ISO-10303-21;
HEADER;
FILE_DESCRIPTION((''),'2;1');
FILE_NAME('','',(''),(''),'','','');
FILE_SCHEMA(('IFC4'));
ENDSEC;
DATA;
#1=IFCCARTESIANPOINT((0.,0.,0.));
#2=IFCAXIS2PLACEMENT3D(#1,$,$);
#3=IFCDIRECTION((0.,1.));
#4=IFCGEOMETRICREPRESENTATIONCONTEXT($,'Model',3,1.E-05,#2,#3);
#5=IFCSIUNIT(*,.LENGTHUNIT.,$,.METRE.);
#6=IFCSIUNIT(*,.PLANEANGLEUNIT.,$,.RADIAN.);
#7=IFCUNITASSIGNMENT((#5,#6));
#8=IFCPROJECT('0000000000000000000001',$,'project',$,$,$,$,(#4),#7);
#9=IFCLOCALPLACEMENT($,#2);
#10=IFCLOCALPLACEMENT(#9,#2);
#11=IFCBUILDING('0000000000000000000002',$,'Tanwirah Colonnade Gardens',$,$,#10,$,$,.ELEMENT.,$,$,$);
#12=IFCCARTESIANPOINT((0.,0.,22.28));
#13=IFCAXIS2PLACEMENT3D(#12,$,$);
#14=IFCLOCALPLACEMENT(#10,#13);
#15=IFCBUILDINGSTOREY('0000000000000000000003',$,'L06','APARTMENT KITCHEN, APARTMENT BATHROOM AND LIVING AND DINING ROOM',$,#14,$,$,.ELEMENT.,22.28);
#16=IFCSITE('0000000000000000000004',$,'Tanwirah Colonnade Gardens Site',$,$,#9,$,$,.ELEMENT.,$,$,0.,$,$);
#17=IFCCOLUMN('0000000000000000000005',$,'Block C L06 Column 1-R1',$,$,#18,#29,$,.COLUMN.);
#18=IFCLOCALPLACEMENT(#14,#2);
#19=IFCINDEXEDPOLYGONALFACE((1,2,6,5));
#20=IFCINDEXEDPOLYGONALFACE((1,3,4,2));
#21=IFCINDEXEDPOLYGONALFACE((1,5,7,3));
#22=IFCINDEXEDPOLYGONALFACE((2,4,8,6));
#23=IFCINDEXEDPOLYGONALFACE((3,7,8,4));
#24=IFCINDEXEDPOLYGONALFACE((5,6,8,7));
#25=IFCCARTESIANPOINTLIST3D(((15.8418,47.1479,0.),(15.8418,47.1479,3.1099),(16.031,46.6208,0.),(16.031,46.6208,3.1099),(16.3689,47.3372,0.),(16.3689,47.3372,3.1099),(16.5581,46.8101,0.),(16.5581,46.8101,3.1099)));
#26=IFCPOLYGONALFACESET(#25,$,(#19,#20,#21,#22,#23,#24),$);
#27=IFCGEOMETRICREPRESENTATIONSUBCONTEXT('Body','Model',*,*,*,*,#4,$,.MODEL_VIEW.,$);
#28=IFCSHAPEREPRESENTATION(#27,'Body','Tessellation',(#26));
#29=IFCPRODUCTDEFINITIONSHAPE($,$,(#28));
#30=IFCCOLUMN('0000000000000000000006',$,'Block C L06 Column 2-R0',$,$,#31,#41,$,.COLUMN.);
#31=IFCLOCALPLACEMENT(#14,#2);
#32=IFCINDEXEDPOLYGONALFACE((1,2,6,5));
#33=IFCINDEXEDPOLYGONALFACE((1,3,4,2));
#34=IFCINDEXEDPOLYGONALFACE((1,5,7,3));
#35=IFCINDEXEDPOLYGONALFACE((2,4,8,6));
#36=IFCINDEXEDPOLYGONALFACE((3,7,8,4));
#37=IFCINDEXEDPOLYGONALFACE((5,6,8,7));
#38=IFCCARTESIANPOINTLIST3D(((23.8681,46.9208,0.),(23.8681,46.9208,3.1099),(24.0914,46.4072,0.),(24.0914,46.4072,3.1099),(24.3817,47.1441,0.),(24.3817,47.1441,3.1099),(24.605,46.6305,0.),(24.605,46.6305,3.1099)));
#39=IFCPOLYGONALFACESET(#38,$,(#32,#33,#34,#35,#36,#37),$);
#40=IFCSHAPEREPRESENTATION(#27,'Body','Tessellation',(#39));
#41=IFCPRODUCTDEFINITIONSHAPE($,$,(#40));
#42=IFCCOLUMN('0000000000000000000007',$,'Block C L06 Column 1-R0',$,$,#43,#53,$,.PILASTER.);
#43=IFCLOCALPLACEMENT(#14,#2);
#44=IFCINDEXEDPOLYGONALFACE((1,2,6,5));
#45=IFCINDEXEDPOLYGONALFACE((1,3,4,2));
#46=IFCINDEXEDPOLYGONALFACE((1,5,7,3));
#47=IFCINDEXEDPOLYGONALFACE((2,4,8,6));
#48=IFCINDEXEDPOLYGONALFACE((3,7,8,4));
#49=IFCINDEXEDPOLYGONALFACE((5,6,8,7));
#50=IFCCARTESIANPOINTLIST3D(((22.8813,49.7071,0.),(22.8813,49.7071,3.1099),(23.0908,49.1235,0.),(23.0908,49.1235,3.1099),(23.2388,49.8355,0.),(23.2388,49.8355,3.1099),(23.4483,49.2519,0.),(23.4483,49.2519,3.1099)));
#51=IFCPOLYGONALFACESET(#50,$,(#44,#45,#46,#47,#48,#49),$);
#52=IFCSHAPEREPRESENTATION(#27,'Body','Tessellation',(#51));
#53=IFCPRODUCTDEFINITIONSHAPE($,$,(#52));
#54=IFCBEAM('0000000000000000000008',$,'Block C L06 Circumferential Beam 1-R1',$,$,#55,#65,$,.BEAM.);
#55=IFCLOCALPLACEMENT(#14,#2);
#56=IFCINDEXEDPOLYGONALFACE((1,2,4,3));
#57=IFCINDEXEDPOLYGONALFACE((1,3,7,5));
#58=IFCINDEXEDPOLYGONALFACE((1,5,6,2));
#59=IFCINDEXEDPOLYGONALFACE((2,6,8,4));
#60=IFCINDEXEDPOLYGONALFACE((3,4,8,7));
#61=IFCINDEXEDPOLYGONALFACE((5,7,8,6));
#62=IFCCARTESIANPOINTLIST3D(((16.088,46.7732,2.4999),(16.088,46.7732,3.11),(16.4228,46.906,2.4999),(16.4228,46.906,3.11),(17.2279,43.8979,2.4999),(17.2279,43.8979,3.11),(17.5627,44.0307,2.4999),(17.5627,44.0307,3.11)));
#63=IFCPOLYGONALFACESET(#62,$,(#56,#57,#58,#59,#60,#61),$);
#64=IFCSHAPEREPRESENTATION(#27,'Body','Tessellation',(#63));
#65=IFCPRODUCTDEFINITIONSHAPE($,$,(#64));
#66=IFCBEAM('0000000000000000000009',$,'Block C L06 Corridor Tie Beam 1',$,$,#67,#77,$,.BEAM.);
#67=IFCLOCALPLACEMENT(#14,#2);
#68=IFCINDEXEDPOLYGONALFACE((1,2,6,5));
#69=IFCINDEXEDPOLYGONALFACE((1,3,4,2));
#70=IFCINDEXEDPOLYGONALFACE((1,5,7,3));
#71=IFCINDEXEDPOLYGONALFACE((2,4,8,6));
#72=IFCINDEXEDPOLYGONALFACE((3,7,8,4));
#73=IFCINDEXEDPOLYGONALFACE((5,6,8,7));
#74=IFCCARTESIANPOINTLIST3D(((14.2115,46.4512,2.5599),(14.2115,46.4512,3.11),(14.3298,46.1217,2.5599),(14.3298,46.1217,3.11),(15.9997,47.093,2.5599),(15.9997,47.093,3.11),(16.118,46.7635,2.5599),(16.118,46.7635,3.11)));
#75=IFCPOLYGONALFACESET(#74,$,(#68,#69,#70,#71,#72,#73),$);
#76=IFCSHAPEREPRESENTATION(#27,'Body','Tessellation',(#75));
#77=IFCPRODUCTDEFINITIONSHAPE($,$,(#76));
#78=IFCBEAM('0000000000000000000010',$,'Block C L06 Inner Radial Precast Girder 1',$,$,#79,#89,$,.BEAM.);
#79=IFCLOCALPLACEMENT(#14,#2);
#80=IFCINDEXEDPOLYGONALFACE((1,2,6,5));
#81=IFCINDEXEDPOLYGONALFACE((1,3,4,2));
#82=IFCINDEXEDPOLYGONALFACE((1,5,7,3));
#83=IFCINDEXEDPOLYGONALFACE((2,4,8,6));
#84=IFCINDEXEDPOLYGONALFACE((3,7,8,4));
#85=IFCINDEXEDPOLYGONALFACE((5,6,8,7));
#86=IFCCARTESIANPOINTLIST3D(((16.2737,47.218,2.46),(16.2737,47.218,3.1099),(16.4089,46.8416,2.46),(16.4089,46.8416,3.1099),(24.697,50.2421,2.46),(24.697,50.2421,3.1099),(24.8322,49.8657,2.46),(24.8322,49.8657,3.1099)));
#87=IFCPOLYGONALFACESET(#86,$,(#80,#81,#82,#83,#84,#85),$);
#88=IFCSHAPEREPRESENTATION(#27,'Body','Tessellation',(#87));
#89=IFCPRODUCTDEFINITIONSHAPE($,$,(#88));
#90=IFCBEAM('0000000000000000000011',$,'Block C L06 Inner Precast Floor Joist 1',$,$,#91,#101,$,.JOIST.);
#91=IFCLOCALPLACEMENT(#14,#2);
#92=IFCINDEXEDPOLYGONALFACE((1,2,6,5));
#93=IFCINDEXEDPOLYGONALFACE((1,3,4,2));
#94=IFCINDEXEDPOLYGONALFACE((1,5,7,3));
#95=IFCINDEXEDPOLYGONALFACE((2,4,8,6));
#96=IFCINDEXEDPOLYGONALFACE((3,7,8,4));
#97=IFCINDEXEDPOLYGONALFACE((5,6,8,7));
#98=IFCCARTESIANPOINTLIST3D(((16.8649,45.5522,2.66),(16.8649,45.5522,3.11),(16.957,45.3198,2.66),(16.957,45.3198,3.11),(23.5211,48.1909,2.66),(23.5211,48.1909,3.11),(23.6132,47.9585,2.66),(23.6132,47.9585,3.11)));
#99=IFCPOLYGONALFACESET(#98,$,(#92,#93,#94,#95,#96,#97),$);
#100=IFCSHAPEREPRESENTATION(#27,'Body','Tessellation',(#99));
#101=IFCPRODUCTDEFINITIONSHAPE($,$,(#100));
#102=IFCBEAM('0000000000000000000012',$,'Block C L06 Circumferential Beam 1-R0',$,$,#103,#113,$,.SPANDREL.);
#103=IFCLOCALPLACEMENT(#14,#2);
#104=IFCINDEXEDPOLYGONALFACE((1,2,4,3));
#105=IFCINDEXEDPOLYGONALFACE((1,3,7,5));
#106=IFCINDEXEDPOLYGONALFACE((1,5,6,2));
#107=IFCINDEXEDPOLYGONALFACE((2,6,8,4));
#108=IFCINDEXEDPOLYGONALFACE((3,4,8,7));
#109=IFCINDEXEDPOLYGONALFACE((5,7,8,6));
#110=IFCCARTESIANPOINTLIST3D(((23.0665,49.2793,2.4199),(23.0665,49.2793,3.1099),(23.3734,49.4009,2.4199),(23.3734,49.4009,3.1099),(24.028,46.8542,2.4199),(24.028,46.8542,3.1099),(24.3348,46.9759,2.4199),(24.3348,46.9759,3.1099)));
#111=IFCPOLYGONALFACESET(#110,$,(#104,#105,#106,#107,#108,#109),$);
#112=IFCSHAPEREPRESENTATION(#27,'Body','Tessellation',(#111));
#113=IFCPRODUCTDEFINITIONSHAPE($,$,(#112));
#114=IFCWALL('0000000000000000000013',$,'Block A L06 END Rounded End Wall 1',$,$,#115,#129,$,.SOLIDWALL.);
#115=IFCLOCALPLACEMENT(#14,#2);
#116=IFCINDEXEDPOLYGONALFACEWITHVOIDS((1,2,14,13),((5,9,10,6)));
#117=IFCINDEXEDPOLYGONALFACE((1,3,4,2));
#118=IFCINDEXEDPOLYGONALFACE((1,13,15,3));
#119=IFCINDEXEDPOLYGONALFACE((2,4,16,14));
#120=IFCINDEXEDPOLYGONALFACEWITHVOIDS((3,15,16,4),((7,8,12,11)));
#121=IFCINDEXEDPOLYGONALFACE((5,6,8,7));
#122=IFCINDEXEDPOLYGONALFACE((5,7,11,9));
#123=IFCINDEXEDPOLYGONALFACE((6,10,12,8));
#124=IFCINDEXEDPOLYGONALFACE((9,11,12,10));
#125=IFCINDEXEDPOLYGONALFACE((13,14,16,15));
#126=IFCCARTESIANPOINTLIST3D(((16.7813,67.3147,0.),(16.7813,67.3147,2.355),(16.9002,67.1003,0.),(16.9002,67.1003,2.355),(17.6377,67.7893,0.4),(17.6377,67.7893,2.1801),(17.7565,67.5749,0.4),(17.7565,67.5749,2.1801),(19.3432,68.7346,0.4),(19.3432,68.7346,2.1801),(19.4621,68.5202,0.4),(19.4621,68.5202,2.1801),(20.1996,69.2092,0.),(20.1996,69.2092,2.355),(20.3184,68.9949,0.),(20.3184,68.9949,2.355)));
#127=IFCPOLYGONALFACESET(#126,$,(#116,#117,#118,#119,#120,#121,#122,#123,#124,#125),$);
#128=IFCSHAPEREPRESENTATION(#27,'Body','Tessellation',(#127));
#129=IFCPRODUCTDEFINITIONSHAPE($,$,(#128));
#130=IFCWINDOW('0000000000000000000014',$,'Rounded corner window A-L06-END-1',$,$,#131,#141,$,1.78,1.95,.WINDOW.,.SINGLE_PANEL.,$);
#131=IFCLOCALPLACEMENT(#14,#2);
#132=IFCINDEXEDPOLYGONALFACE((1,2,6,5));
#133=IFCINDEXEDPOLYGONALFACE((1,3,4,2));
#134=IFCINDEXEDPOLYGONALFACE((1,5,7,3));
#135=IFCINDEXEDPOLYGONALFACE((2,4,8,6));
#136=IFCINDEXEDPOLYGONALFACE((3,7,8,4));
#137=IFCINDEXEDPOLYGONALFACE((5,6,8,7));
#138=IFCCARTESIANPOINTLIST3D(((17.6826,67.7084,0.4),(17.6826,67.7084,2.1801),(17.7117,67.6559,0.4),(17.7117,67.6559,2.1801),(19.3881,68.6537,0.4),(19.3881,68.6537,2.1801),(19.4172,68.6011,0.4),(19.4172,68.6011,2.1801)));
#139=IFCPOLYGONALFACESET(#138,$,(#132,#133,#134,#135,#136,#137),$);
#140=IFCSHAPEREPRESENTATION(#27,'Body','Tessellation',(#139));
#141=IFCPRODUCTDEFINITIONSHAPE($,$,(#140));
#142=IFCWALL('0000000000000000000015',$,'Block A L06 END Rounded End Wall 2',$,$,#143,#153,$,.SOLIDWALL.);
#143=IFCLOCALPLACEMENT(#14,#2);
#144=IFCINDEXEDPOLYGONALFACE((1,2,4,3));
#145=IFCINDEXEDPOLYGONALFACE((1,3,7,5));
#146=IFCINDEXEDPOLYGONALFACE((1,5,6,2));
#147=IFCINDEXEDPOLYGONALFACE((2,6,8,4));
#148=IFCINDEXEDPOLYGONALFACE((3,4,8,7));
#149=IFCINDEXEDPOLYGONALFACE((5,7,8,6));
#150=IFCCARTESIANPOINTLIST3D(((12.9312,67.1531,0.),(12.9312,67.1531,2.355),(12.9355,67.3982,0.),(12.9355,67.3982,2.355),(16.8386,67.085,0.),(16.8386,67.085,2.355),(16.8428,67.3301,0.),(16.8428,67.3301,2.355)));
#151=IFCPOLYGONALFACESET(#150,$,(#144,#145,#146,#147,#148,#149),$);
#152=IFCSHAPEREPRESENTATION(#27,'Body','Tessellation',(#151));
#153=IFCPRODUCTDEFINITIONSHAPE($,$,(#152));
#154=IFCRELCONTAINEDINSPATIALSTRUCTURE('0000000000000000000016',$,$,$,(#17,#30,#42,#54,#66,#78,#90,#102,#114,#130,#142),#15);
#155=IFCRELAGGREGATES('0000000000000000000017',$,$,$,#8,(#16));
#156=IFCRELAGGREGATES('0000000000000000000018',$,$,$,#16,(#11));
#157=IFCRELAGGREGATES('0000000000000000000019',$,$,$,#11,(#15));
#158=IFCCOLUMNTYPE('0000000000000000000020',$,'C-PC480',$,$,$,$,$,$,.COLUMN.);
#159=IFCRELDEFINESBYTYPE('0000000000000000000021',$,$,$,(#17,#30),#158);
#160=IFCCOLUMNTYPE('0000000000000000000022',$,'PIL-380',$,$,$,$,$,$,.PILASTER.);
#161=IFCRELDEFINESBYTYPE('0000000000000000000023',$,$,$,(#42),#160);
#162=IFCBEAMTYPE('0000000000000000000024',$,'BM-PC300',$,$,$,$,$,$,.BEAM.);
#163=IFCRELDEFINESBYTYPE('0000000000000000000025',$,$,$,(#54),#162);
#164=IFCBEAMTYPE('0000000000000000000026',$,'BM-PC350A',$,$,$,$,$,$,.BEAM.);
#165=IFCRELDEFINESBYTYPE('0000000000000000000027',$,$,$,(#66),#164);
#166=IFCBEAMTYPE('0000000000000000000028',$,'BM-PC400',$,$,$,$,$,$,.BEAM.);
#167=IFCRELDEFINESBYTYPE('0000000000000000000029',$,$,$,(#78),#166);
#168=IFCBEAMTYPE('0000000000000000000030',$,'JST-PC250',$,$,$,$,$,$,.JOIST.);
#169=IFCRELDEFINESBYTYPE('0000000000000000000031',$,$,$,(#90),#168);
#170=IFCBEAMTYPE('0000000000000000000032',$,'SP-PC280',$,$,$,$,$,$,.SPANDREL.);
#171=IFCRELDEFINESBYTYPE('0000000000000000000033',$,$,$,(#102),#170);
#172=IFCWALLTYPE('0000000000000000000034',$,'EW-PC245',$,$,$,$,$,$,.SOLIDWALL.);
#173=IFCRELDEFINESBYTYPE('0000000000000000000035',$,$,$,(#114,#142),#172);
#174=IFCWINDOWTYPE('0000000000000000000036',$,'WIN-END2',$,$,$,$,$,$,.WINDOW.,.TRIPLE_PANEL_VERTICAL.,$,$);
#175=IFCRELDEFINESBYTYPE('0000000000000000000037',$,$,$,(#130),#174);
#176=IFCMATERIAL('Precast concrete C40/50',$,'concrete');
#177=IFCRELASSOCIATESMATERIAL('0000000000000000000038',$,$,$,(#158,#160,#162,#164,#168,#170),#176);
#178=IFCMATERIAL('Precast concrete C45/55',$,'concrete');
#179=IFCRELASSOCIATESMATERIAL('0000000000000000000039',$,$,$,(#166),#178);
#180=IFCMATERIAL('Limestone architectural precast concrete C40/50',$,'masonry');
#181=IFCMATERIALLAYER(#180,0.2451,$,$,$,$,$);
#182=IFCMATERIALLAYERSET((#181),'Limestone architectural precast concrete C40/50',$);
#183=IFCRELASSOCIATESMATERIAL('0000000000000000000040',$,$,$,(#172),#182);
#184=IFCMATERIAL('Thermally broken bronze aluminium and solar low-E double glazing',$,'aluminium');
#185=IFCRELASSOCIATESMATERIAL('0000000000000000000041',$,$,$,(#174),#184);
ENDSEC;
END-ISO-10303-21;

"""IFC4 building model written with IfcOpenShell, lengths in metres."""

from ifc_helpers import new_model, si_unit, direction, frame, frame_2d, origin, origin_2d, place, context, subcontext, project, spatial, rectangle, extrude, material, layer, layer_set, material_profile, profile_set, type_object, element, fill, save


model = new_model("IFC4")

# Units and contexts
model_context = context("Model", 3, precision=1e-05, world=origin(), true_north=direction((0.0, 1.0)))
body_context = subcontext(model_context, "Body", "Model", "MODEL_VIEW")
ifc_project = project(units=[si_unit("LENGTHUNIT", "METRE"), si_unit("PLANEANGLEUNIT", "RADIAN")], contexts=[model_context])

# Site, building, storey
site_placement = place(None, origin())
site = spatial("IfcSite", under=ifc_project, at=site_placement, Name="Tanwirah Colonnade Gardens Site", CompositionType="ELEMENT", RefElevation=0.0)
building_placement = place(site_placement, origin())
building = spatial("IfcBuilding", under=site, at=building_placement, Name="Tanwirah Colonnade Gardens", CompositionType="ELEMENT")
storey_placement = place(building_placement, frame((0.0, 0.0, 22.28)))
storey = spatial("IfcBuildingStorey", under=building, at=storey_placement, Name="L06", Description="APARTMENT KITCHEN, APARTMENT BATHROOM AND LIVING AND DINING ROOM", CompositionType="ELEMENT", Elevation=22.28)

# Columns
ifc_material_1 = material(Name="Precast concrete C40/50", Category="concrete")
ifc_material_profile_1 = material_profile(ifc_material_1, rectangle(XDim=0.5601, YDim=0.5601, at=origin_2d()), Name="PC-COL 560x560")
ifc_profile_set_1 = profile_set([ifc_material_profile_1], Name="Precast concrete C40/50")
column_type_1 = type_object("IfcColumnType", Name="C-PC480", PredefinedType="COLUMN", material=ifc_profile_set_1)
for number, where, z_axis, x_axis, name in (
    (1, (16.2, 46.979, 0.0), (0.0, 0.0, 1.0), (-0.941176, -0.337917, 0.0), "Block C L06 Column 1-R1"),
    (2, (24.2366, 46.7756, 0.0), (0.0, 0.0, 1.0), (-0.91706, -0.398749, 0.0), "Block C L06 Column 2-R0"),
):
    element("IfcColumn", number, at=place(storey_placement, frame(where, z_axis=z_axis, x_axis=x_axis)), inside=storey, type_object=column_type_1, Name=name, PredefinedType="COLUMN", context=body_context, shape_type="SweptSolid", body=[
        extrude(rectangle(XDim=0.5601, YDim=0.5601, at=origin_2d()), origin(), (0.0, 0.0, 1.0), 3.1099),
    ])
ifc_material_profile_2 = material_profile(ifc_material_1, rectangle(XDim=0.3799, YDim=0.6201, at=origin_2d()), Name="PC-PIL 380x620")
ifc_profile_set_2 = profile_set([ifc_material_profile_2], Name="Precast concrete C40/50")
column_type_2 = type_object("IfcColumnType", Name="PIL-380", PredefinedType="PILASTER", material=ifc_profile_set_2)
column_placement = place(storey_placement, frame((23.1648, 49.4795, 0.0), z_axis=(0.0, 0.0, 1.0), x_axis=(-0.941176, -0.337917, 0.0)))
element("IfcColumn", 3, at=column_placement, inside=storey, type_object=column_type_2, Name="Block C L06 Column 1-R0", PredefinedType="PILASTER", context=body_context, shape_type="SweptSolid", body=[
    extrude(rectangle(XDim=0.3799, YDim=0.6201, at=origin_2d()), origin(), (0.0, 0.0, 1.0), 3.1099),
])

# Beams
ifc_material_profile_3 = material_profile(ifc_material_1, rectangle(XDim=0.3601, YDim=0.6101, at=origin_2d()), Name="PC-BM 360x610")
ifc_profile_set_3 = profile_set([ifc_material_profile_3], Name="Precast concrete C40/50")
beam_type_1 = type_object("IfcBeamType", Name="BM-PC300", PredefinedType="BEAM", material=ifc_profile_set_3)
beam_1_placement = place(storey_placement, frame((16.2554, 46.8396, 2.8049), z_axis=(0.368545, -0.92961, 0.0), x_axis=(0.92961, 0.368545, 0.0)))
element("IfcBeam", 4, at=beam_1_placement, inside=storey, type_object=beam_type_1, Name="Block C L06 Circumferential Beam 1-R1", PredefinedType="BEAM", context=body_context, shape_type="SweptSolid", body=[
    extrude(rectangle(XDim=0.3601, YDim=0.6101, at=origin_2d()), origin(), (0.0, 0.0, 1.0), 3.093),
])
ifc_material_profile_4 = material_profile(ifc_material_1, rectangle(XDim=0.3501, YDim=0.55, at=origin_2d()), Name="PC-BM 350x550")
ifc_profile_set_4 = profile_set([ifc_material_profile_4], Name="Precast concrete C40/50")
beam_type_2 = type_object("IfcBeamType", Name="BM-PC350A", PredefinedType="BEAM", material=ifc_profile_set_4)
beam_2_placement = place(storey_placement, frame((16.0588, 46.9282, 2.835), z_axis=(-0.941215, -0.337809, 0.0), x_axis=(0.337809, -0.941215, 0.0)))
element("IfcBeam", 5, at=beam_2_placement, inside=storey, type_object=beam_type_2, Name="Block C L06 Corridor Tie Beam 1", PredefinedType="BEAM", context=body_context, shape_type="SweptSolid", body=[
    extrude(rectangle(XDim=0.3501, YDim=0.55, at=origin_2d()), origin(), (0.0, 0.0, 1.0), 1.8999),
])
ifc_material_2 = material(Name="Precast concrete C45/55", Category="concrete")
ifc_material_profile_5 = material_profile(ifc_material_2, rectangle(XDim=0.3999, YDim=0.6499, at=origin_2d()), Name="PC-BM 400x650")
ifc_profile_set_5 = profile_set([ifc_material_profile_5], Name="Precast concrete C45/55")
beam_type_3 = type_object("IfcBeamType", Name="BM-PC400", PredefinedType="BEAM", material=ifc_profile_set_5)
beam_3_placement = place(storey_placement, frame((16.3413, 47.0298, 2.7849), z_axis=(0.94118, 0.337905, 0.0), x_axis=(-0.337905, 0.94118, 0.0)))
element("IfcBeam", 6, at=beam_3_placement, inside=storey, type_object=beam_type_3, Name="Block C L06 Inner Radial Precast Girder 1", PredefinedType="BEAM", context=body_context, shape_type="SweptSolid", body=[
    extrude(rectangle(XDim=0.3999, YDim=0.6499, at=origin_2d()), origin(), (0.0, 0.0, 1.0), 8.9497),
])
ifc_material_profile_6 = material_profile(ifc_material_1, rectangle(XDim=0.25, YDim=0.45, at=origin_2d()), Name="PC-JST 250x450")
ifc_profile_set_6 = profile_set([ifc_material_profile_6], Name="Precast concrete C40/50")
beam_type_4 = type_object("IfcBeamType", Name="JST-PC250", PredefinedType="JOIST", material=ifc_profile_set_6)
beam_4_placement = place(storey_placement, frame((23.5671, 48.0747, 2.885), z_axis=(-0.92962, -0.36852, 0.0), x_axis=(0.36852, -0.92962, 0.0)))
element("IfcBeam", 7, at=beam_4_placement, inside=storey, type_object=beam_type_4, Name="Block C L06 Inner Precast Floor Joist 1", PredefinedType="JOIST", context=body_context, shape_type="SweptSolid", body=[
    extrude(rectangle(XDim=0.25, YDim=0.45, at=origin_2d()), origin(), (0.0, 0.0, 1.0), 7.1602),
])
ifc_material_profile_7 = material_profile(ifc_material_1, rectangle(XDim=0.3301, YDim=0.6899, at=origin_2d()), Name="PC-SP 330x690")
ifc_profile_set_7 = profile_set([ifc_material_profile_7], Name="Precast concrete C40/50")
beam_type_5 = type_object("IfcBeamType", Name="SP-PC280", PredefinedType="SPANDREL", material=ifc_profile_set_7)
beam_5_placement = place(storey_placement, frame((23.22, 49.3401, 2.7649), z_axis=(0.368549, -0.929608, 0.0), x_axis=(0.929608, 0.368549, 0.0)))
element("IfcBeam", 8, at=beam_5_placement, inside=storey, type_object=beam_type_5, Name="Block C L06 Circumferential Beam 1-R0", PredefinedType="SPANDREL", context=body_context, shape_type="SweptSolid", body=[
    extrude(rectangle(XDim=0.3301, YDim=0.6899, at=origin_2d()), origin(), (0.0, 0.0, 1.0), 2.6086),
])

# Wall, opening, window
ifc_material_3 = material(Name="Limestone architectural precast concrete C40/50", Category="masonry")
ifc_layer_1 = layer(ifc_material_3, 0.2451)
ifc_layer_set_1 = layer_set([ifc_layer_1], Name="Limestone architectural precast concrete C40/50")
wall_type_1 = type_object("IfcWallType", Name="EW-PC245", PredefinedType="SOLIDWALL", material=ifc_layer_set_1)
wall_1_placement = place(storey_placement, frame((20.259, 69.1021, 0.0), z_axis=(0.0, 0.0, 1.0), x_axis=(-0.874643, -0.484768, 0.0)))
wall_1 = element("IfcWall", 9, at=wall_1_placement, inside=storey, type_object=wall_type_1, Name="Block A L06 END Rounded End Wall 1", PredefinedType="SOLIDWALL", context=body_context, shape_type="SweptSolid", body=[
    extrude(rectangle(XDim=3.9082, YDim=0.2451, at=frame_2d((1.9541, 0.0))), origin(), (0.0, 0.0, 1.0), 2.355),
])
opening_1_placement = place(wall_1_placement, frame((0.979, 0.0, 0.3999)))
opening_1 = element("IfcOpeningElement", 10, at=opening_1_placement, cuts=wall_1, PredefinedType="OPENING", context=body_context, shape_type="SweptSolid", body=[
    extrude(rectangle(XDim=1.95, YDim=1.78, at=frame_2d((0.9751, 0.8901))), frame((0.0, 0.1326, 0.0), z_axis=(0.0, -1.0, 0.0), x_axis=(1.0, 0.0, 0.0)), (0.0, 0.0, 1.0), 0.2651),
])
ifc_material_4 = material(Name="Thermally broken bronze aluminium and solar low-E double glazing", Category="aluminium")
window_type_1 = type_object("IfcWindowType", Name="WIN-END2", PartitioningType="TRIPLE_PANEL_VERTICAL", PredefinedType="WINDOW", material=ifc_material_4)
window_1_placement = place(opening_1_placement, origin())
window_1 = element("IfcWindow", 11, at=window_1_placement, inside=storey, type_object=window_type_1, Name="Rounded corner window A-L06-END-1", OverallHeight=1.78, OverallWidth=1.95, PartitioningType="SINGLE_PANEL", PredefinedType="WINDOW", context=body_context, shape_type="SweptSolid", body=[
    extrude(rectangle(XDim=1.95, YDim=1.78, at=frame_2d((0.9751, 0.8901))), frame((0.0, 0.03, 0.0), z_axis=(0.0, -1.0, 0.0), x_axis=(1.0, 0.0, 0.0)), (0.0, 0.0, 1.0), 0.0601),
])
fill(opening_1, window_1)

# Wall
wall_2_placement = place(storey_placement, frame((16.8408, 67.2075, 0.0), z_axis=(0.0, 0.0, 1.0), x_axis=(-0.999848, 0.017429, 0.0)))
element("IfcWall", 12, at=wall_2_placement, inside=storey, type_object=wall_type_1, Name="Block A L06 END Rounded End Wall 2", PredefinedType="SOLIDWALL", context=body_context, shape_type="SweptSolid", body=[
    extrude(rectangle(XDim=3.908, YDim=0.2451, at=frame_2d((1.9541, 0.0))), origin(), (0.0, 0.0, 1.0), 2.355),
])

save(model, "model.ifc")
